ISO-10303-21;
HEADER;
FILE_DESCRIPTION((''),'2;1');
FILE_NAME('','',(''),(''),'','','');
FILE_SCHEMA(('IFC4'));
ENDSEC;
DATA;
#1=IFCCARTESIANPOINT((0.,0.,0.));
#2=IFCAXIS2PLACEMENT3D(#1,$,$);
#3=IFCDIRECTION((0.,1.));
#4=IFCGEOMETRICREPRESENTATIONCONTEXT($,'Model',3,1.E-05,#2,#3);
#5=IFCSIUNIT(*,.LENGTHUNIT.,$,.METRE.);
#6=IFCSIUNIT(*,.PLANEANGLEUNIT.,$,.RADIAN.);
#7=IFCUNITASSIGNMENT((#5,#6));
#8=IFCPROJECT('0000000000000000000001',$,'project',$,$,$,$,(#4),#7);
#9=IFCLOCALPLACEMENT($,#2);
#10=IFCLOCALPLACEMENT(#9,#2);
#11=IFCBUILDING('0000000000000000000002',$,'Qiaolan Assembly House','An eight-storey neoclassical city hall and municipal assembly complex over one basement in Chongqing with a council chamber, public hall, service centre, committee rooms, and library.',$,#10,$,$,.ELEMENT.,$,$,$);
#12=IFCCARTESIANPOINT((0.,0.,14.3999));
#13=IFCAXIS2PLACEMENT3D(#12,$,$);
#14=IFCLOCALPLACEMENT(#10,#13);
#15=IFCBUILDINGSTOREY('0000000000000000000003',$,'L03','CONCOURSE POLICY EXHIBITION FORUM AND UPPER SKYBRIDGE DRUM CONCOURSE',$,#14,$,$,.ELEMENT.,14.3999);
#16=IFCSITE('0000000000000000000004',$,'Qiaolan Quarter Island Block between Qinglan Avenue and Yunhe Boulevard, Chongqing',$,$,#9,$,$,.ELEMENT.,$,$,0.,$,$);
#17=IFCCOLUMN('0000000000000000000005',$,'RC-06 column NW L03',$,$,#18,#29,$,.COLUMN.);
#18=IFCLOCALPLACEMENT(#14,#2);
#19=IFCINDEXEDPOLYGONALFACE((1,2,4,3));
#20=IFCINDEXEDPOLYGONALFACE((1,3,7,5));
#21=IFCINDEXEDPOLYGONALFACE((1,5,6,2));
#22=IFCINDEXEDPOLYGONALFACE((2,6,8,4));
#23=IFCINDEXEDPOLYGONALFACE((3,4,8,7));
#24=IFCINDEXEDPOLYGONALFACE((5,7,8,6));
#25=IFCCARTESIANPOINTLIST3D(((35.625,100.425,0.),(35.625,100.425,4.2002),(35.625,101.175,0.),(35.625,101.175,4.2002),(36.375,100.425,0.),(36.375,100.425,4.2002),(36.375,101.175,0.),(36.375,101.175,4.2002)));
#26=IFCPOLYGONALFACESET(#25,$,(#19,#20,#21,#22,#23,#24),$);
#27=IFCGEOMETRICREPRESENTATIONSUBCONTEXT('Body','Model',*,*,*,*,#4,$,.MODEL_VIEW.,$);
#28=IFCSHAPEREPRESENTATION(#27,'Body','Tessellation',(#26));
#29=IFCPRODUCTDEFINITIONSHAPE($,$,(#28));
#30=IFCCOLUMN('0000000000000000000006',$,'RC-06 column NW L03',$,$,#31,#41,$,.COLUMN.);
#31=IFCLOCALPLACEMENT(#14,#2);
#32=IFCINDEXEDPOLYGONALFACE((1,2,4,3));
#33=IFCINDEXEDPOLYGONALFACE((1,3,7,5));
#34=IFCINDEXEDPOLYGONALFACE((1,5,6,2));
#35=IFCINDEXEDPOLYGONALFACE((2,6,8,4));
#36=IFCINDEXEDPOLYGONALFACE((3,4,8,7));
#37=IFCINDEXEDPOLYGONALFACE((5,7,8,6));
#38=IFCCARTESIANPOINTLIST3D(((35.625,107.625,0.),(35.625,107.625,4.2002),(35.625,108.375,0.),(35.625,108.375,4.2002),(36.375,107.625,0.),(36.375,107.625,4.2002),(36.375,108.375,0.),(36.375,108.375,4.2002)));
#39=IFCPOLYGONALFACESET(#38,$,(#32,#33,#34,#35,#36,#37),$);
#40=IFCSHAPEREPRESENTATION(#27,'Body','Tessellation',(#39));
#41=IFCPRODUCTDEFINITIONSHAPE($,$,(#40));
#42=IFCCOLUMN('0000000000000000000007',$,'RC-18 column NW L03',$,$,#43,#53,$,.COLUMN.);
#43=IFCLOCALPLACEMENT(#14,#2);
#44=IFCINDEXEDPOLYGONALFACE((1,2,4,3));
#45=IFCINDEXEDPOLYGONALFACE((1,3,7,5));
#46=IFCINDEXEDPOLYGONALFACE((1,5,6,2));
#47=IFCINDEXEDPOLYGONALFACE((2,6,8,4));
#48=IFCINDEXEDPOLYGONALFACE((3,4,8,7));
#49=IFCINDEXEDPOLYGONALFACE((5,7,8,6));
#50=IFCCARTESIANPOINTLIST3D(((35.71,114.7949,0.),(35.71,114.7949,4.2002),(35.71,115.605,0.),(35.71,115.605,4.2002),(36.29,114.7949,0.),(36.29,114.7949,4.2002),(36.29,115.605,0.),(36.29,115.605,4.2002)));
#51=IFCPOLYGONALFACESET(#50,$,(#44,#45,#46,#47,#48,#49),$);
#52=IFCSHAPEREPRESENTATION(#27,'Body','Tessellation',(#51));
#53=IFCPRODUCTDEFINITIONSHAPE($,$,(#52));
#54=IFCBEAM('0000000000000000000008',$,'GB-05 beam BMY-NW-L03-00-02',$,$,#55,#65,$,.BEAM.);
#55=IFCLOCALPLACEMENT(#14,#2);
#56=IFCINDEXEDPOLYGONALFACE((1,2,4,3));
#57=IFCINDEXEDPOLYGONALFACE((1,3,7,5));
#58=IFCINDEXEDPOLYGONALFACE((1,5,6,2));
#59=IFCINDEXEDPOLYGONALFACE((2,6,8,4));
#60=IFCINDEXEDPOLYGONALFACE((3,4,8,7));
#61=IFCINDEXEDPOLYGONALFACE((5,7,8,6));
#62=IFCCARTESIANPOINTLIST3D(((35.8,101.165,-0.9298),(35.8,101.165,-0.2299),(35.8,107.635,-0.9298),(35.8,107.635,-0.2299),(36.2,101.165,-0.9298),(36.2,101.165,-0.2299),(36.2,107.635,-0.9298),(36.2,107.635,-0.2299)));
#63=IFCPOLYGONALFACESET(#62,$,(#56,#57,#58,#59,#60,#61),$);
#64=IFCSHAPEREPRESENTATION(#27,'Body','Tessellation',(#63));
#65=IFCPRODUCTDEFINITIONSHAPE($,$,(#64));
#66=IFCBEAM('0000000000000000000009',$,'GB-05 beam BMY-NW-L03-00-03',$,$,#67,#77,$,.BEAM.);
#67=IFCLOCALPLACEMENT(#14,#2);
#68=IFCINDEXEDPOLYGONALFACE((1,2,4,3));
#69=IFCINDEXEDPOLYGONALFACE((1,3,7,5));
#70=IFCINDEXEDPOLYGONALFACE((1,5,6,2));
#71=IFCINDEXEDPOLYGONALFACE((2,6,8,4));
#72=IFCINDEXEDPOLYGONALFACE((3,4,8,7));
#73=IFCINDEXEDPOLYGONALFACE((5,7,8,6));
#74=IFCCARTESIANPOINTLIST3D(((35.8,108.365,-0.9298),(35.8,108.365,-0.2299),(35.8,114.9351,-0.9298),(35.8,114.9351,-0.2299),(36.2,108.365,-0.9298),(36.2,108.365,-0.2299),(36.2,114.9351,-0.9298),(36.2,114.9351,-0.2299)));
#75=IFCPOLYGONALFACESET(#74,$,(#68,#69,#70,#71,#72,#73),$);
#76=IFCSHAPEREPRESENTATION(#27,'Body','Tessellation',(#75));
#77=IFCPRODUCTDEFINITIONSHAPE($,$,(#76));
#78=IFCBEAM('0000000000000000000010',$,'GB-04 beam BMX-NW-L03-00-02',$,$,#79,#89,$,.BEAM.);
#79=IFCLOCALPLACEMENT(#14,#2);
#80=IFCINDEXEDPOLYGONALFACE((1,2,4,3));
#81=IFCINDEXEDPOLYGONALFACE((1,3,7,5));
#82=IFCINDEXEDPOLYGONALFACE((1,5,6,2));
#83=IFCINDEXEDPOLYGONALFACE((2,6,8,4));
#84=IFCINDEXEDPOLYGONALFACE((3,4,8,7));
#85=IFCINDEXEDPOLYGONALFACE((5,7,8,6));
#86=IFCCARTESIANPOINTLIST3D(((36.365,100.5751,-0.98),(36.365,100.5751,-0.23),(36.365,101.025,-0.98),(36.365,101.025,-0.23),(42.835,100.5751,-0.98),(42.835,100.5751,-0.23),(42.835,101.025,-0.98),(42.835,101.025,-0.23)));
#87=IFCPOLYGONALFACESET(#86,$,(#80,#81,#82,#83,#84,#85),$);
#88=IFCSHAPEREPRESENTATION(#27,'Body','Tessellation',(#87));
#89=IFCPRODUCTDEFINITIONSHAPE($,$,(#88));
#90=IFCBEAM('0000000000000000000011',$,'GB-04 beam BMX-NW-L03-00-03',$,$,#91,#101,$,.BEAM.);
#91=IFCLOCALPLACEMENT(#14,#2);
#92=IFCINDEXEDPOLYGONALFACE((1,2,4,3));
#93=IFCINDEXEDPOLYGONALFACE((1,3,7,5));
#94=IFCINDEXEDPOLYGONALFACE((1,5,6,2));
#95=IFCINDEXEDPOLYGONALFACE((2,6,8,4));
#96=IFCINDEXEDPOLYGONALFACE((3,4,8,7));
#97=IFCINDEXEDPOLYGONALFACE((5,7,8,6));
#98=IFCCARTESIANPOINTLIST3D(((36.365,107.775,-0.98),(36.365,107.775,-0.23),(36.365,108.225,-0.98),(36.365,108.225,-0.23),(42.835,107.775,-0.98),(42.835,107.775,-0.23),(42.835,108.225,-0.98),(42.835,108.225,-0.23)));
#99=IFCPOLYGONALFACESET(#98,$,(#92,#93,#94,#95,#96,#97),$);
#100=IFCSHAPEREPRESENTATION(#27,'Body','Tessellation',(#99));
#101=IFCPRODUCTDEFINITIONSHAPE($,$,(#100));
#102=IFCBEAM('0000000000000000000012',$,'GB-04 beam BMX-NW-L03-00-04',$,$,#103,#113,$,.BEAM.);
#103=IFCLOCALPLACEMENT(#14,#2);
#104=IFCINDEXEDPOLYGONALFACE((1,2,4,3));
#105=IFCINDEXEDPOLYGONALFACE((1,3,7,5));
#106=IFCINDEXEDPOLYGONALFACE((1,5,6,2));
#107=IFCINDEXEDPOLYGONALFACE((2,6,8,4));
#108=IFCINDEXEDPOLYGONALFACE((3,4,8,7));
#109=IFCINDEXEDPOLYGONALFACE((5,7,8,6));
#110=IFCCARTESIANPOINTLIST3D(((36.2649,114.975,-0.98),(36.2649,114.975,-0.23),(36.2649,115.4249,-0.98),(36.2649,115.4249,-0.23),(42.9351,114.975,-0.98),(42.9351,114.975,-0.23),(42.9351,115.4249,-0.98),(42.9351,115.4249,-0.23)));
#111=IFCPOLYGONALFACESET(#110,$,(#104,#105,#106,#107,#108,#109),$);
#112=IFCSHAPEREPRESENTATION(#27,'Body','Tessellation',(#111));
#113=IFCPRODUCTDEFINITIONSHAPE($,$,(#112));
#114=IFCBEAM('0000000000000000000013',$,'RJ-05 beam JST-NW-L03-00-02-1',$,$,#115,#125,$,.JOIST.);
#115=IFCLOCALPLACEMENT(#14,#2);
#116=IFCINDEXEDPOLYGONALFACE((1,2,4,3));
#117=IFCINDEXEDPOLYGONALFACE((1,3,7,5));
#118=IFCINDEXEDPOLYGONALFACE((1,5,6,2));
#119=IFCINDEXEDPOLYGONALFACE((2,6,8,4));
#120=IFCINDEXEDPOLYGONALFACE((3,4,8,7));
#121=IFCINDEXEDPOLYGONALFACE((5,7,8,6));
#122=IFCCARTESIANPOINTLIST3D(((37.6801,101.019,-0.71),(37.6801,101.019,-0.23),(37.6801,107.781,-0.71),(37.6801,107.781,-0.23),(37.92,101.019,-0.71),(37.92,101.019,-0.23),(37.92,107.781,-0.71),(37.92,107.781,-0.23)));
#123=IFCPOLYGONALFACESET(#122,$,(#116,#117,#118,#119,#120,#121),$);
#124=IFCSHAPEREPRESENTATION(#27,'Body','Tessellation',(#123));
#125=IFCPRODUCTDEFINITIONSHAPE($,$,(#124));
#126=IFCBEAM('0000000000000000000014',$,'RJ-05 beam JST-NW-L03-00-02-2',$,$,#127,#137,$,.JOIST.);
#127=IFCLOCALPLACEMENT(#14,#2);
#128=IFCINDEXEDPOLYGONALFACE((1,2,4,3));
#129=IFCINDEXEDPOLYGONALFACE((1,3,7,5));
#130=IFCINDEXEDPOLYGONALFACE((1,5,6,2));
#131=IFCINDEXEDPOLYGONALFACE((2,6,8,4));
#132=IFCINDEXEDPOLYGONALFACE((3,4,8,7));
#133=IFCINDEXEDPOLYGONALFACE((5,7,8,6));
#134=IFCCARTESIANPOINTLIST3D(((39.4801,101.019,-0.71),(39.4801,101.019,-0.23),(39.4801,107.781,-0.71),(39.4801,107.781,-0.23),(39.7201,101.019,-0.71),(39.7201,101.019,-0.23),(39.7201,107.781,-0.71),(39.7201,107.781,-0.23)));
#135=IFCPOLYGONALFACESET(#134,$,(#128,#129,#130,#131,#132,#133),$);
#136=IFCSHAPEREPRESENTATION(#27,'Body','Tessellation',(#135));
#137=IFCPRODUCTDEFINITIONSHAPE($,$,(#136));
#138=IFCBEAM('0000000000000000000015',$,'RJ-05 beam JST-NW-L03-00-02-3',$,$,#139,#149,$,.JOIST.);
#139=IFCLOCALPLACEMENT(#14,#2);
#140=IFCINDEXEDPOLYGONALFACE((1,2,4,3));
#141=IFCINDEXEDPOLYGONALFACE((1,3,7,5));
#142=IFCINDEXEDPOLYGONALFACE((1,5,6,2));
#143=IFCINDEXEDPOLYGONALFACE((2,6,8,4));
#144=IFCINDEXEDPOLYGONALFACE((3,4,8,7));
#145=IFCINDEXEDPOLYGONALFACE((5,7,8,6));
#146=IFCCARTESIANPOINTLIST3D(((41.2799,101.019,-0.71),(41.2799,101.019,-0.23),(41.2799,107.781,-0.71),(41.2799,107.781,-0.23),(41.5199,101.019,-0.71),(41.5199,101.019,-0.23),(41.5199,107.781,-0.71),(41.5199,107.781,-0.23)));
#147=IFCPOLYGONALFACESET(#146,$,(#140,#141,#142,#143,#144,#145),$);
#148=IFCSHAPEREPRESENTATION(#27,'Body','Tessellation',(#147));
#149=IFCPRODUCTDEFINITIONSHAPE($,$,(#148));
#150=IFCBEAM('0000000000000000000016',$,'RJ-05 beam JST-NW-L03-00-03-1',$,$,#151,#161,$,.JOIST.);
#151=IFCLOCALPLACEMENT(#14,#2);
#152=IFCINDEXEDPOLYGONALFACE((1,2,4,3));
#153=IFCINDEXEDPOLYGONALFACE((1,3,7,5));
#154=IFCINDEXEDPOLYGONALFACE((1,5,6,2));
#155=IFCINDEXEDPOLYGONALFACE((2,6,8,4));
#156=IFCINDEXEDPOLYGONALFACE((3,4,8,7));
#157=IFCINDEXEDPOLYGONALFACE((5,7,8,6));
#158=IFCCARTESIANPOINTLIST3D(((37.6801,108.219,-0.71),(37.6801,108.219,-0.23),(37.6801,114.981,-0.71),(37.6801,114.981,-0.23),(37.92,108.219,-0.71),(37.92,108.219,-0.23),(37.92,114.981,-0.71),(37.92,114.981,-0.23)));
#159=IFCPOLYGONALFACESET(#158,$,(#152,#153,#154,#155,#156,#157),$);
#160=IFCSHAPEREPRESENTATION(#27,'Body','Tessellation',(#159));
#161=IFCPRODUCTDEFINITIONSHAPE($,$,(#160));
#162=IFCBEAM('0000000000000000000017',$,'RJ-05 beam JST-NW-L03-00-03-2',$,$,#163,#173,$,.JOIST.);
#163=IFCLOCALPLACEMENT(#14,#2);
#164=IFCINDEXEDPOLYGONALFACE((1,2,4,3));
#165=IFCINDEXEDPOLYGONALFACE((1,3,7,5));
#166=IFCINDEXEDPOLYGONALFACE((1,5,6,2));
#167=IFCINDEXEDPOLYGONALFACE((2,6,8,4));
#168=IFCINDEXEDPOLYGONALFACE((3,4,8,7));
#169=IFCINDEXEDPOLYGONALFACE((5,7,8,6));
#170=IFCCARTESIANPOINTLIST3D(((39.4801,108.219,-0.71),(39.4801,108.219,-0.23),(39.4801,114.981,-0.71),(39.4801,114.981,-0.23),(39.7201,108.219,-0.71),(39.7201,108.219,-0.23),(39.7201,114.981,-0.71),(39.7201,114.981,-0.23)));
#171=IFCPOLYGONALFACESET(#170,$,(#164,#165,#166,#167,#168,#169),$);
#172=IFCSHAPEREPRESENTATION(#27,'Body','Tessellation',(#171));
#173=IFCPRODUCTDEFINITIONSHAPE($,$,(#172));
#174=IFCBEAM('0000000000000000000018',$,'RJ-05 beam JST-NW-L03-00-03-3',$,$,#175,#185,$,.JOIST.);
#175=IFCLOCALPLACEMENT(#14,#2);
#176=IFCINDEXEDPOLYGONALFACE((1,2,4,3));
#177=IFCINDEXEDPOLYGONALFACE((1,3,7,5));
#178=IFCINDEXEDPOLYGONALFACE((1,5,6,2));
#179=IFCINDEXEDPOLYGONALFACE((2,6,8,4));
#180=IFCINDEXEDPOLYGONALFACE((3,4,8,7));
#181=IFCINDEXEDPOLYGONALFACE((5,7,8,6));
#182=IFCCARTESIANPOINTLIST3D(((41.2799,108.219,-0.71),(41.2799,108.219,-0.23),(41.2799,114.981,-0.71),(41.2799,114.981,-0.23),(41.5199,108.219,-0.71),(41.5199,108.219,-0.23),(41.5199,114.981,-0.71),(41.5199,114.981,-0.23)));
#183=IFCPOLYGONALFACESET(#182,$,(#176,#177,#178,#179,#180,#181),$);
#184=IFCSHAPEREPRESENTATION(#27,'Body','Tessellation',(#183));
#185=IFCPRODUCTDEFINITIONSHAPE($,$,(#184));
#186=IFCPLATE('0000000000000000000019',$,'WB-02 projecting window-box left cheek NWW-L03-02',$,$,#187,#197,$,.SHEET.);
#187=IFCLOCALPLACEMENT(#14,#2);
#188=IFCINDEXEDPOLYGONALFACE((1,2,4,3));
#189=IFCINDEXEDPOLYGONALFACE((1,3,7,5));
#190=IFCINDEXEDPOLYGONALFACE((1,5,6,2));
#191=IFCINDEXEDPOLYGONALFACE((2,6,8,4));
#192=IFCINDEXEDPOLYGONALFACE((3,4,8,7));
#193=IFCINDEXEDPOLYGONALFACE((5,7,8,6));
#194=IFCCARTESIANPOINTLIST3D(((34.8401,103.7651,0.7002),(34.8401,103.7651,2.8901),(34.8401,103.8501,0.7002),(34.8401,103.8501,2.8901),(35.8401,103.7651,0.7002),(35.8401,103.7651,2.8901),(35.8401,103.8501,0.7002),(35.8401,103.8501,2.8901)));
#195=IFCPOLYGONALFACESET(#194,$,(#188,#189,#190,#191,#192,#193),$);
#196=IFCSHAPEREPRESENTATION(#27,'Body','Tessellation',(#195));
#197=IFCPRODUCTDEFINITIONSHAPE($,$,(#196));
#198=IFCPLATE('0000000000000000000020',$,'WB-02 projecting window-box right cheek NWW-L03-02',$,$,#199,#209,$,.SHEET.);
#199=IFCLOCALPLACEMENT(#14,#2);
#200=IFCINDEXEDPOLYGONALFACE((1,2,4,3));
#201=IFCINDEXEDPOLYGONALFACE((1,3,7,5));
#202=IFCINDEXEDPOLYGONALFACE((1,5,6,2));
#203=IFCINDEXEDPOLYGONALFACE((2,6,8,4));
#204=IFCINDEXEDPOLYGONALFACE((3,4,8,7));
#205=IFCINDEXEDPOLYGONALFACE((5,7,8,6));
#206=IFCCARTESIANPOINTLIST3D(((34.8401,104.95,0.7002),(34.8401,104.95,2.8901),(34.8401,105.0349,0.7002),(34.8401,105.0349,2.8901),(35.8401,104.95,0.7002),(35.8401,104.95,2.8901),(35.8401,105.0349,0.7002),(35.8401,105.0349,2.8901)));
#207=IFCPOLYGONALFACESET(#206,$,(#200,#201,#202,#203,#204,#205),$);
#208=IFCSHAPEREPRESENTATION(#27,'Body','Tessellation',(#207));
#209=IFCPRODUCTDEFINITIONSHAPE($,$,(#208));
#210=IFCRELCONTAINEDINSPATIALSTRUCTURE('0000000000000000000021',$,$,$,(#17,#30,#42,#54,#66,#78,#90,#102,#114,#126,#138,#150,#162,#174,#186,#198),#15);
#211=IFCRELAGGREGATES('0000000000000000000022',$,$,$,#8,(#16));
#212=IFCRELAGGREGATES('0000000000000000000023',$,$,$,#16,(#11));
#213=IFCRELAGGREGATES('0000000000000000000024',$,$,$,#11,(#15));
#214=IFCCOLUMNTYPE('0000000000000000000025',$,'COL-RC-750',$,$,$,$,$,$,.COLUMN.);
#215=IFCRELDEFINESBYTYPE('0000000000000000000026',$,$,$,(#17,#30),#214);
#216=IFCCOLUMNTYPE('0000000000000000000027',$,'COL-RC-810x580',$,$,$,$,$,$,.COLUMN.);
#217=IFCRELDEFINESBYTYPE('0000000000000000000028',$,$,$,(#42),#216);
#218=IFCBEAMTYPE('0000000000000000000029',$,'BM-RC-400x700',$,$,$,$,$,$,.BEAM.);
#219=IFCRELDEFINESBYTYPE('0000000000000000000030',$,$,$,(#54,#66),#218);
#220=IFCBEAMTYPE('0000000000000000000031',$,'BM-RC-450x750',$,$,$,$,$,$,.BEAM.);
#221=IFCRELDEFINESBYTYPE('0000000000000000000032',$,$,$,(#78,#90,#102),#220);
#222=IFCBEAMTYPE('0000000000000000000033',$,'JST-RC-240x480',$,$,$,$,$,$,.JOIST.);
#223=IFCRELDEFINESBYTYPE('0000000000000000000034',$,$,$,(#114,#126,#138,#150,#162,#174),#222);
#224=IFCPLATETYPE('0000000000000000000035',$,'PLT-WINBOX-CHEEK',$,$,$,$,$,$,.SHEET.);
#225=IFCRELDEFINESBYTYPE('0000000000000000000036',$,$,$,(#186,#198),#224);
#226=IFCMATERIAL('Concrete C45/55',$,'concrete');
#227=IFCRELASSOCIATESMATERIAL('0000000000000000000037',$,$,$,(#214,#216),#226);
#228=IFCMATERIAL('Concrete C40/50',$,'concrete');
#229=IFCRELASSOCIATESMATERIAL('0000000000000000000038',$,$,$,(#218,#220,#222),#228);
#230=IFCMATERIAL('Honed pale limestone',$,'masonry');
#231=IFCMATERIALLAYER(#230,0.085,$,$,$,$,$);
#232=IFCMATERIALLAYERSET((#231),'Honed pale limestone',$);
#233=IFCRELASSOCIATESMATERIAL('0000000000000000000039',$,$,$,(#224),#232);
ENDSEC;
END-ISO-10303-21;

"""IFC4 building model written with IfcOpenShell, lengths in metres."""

from ifc_helpers import new_model, si_unit, direction, frame, origin, origin_2d, place, context, subcontext, project, spatial, rectangle, extrude, material, layer, layer_set, material_profile, profile_set, type_object, element, save


model = new_model("IFC4")

# Units and contexts
model_context = context("Model", 3, precision=1e-05, world=origin(), true_north=direction((0.0, 1.0)))
body_context = subcontext(model_context, "Body", "Model", "MODEL_VIEW")
ifc_project = project(units=[si_unit("LENGTHUNIT", "METRE"), si_unit("PLANEANGLEUNIT", "RADIAN")], contexts=[model_context])

# Site, building, storey
site_placement = place(None, origin())
site = spatial("IfcSite", under=ifc_project, at=site_placement, Name="Qiaolan Quarter Island Block between Qinglan Avenue and Yunhe Boulevard, Chongqing", CompositionType="ELEMENT", RefElevation=0.0)
building_placement = place(site_placement, origin())
building = spatial("IfcBuilding", under=site, at=building_placement, Name="Qiaolan Assembly House", Description="An eight-storey neoclassical city hall and municipal assembly complex over one basement in Chongqing with a council chamber, public hall, service centre, committee rooms, and library.", CompositionType="ELEMENT")
storey_placement = place(building_placement, frame((0.0, 0.0, 14.3999)))
storey = spatial("IfcBuildingStorey", under=building, at=storey_placement, Name="L03", Description="CONCOURSE POLICY EXHIBITION FORUM AND UPPER SKYBRIDGE DRUM CONCOURSE", CompositionType="ELEMENT", Elevation=14.3999)

# Columns
ifc_material_1 = material(Name="Concrete C45/55", Category="concrete")
ifc_material_profile_1 = material_profile(ifc_material_1, rectangle(XDim=0.75, YDim=0.75, at=origin_2d()), Name="RC 750x750")
ifc_profile_set_1 = profile_set([ifc_material_profile_1], Name="Concrete C45/55")
column_type_1 = type_object("IfcColumnType", Name="COL-RC-750", PredefinedType="COLUMN", material=ifc_profile_set_1)
for number, where, z_axis, x_axis, name in (
    (1, (36.0, 100.8, 0.0), (0.0, 0.0, 1.0), (1.0, 0.0, 0.0), "RC-06 column NW L03"),
    (2, (36.0, 108.0, 0.0), (0.0, 0.0, 1.0), (1.0, 0.0, 0.0), "RC-06 column NW L03"),
):
    element("IfcColumn", number, at=place(storey_placement, frame(where, z_axis=z_axis, x_axis=x_axis)), inside=storey, type_object=column_type_1, Name=name, PredefinedType="COLUMN", context=body_context, shape_type="SweptSolid", body=[
        extrude(rectangle(XDim=0.75, YDim=0.75, at=origin_2d()), origin(), (0.0, 0.0, 1.0), 4.2002),
    ])
ifc_material_profile_2 = material_profile(ifc_material_1, rectangle(XDim=0.5801, YDim=0.8101, at=origin_2d()), Name="RC 810x580")
ifc_profile_set_2 = profile_set([ifc_material_profile_2], Name="Concrete C45/55")
column_type_2 = type_object("IfcColumnType", Name="COL-RC-810x580", PredefinedType="COLUMN", material=ifc_profile_set_2)
column_placement = place(storey_placement, frame((36.0, 115.2, 0.0), z_axis=(0.0, 0.0, 1.0), x_axis=(1.0, 0.0, 0.0)))
element("IfcColumn", 3, at=column_placement, inside=storey, type_object=column_type_2, Name="RC-18 column NW L03", PredefinedType="COLUMN", context=body_context, shape_type="SweptSolid", body=[
    extrude(rectangle(XDim=0.5801, YDim=0.8101, at=origin_2d()), origin(), (0.0, 0.0, 1.0), 4.2002),
])

# Beams
ifc_material_2 = material(Name="Concrete C40/50", Category="concrete")
ifc_material_profile_3 = material_profile(ifc_material_2, rectangle(XDim=0.3999, YDim=0.7, at=origin_2d()), Name="RCB 400x700")
ifc_profile_set_3 = profile_set([ifc_material_profile_3], Name="Concrete C40/50")
beam_type_1 = type_object("IfcBeamType", Name="BM-RC-400x700", PredefinedType="BEAM", material=ifc_profile_set_3)
beam_1_placement = place(storey_placement, frame((36.0, 101.165, -0.5798), z_axis=(0.0, 1.0, 0.0), x_axis=(-1.0, 0.0, 0.0)))
element("IfcBeam", 4, at=beam_1_placement, inside=storey, type_object=beam_type_1, Name="GB-05 beam BMY-NW-L03-00-02", PredefinedType="BEAM", context=body_context, shape_type="SweptSolid", body=[
    extrude(rectangle(XDim=0.3999, YDim=0.7, at=origin_2d()), origin(), (0.0, 0.0, 1.0), 6.47),
])
beam_2_placement = place(storey_placement, frame((36.0, 108.365, -0.5798), z_axis=(0.0, 1.0, 0.0), x_axis=(-1.0, 0.0, 0.0)))
element("IfcBeam", 5, at=beam_2_placement, inside=storey, type_object=beam_type_1, Name="GB-05 beam BMY-NW-L03-00-03", PredefinedType="BEAM", context=body_context, shape_type="SweptSolid", body=[
    extrude(rectangle(XDim=0.3999, YDim=0.7, at=origin_2d()), origin(), (0.0, 0.0, 1.0), 6.5701),
])
ifc_material_profile_4 = material_profile(ifc_material_2, rectangle(XDim=0.45, YDim=0.75, at=origin_2d()), Name="RCB 450x750")
ifc_profile_set_4 = profile_set([ifc_material_profile_4], Name="Concrete C40/50")
beam_type_2 = type_object("IfcBeamType", Name="BM-RC-450x750", PredefinedType="BEAM", material=ifc_profile_set_4)
for number, where, z_axis, x_axis, name in (
    (6, (36.365, 100.8, -0.605), (1.0, 0.0, 0.0), (0.0, 1.0, 0.0), "GB-04 beam BMX-NW-L03-00-02"),
    (7, (36.365, 108.0, -0.605), (1.0, 0.0, 0.0), (0.0, 1.0, 0.0), "GB-04 beam BMX-NW-L03-00-03"),
):
    element("IfcBeam", number, at=place(storey_placement, frame(where, z_axis=z_axis, x_axis=x_axis)), inside=storey, type_object=beam_type_2, Name=name, PredefinedType="BEAM", context=body_context, shape_type="SweptSolid", body=[
        extrude(rectangle(XDim=0.45, YDim=0.75, at=origin_2d()), origin(), (0.0, 0.0, 1.0), 6.47),
    ])
beam_3_placement = place(storey_placement, frame((36.2649, 115.2, -0.605), z_axis=(1.0, 0.0, 0.0), x_axis=(0.0, 1.0, 0.0)))
element("IfcBeam", 8, at=beam_3_placement, inside=storey, type_object=beam_type_2, Name="GB-04 beam BMX-NW-L03-00-04", PredefinedType="BEAM", context=body_context, shape_type="SweptSolid", body=[
    extrude(rectangle(XDim=0.45, YDim=0.75, at=origin_2d()), origin(), (0.0, 0.0, 1.0), 6.6702),
])
ifc_material_profile_5 = material_profile(ifc_material_2, rectangle(XDim=0.24, YDim=0.48, at=origin_2d()), Name="RCB 240x480")
ifc_profile_set_5 = profile_set([ifc_material_profile_5], Name="Concrete C40/50")
beam_type_3 = type_object("IfcBeamType", Name="JST-RC-240x480", PredefinedType="JOIST", material=ifc_profile_set_5)
for number, where, z_axis, x_axis, name in (
    (9, (37.8, 101.019, -0.47), (0.0, 1.0, 0.0), (-1.0, 0.0, 0.0), "RJ-05 beam JST-NW-L03-00-02-1"),
    (10, (39.6001, 101.019, -0.47), (0.0, 1.0, 0.0), (-1.0, 0.0, 0.0), "RJ-05 beam JST-NW-L03-00-02-2"),
    (11, (41.3999, 101.019, -0.47), (0.0, 1.0, 0.0), (-1.0, 0.0, 0.0), "RJ-05 beam JST-NW-L03-00-02-3"),
    (12, (37.8, 108.219, -0.47), (0.0, 1.0, 0.0), (-1.0, 0.0, 0.0), "RJ-05 beam JST-NW-L03-00-03-1"),
    (13, (39.6001, 108.219, -0.47), (0.0, 1.0, 0.0), (-1.0, 0.0, 0.0), "RJ-05 beam JST-NW-L03-00-03-2"),
    (14, (41.3999, 108.219, -0.47), (0.0, 1.0, 0.0), (-1.0, 0.0, 0.0), "RJ-05 beam JST-NW-L03-00-03-3"),
):
    element("IfcBeam", number, at=place(storey_placement, frame(where, z_axis=z_axis, x_axis=x_axis)), inside=storey, type_object=beam_type_3, Name=name, PredefinedType="JOIST", context=body_context, shape_type="SweptSolid", body=[
        extrude(rectangle(XDim=0.24, YDim=0.48, at=origin_2d()), origin(), (0.0, 0.0, 1.0), 6.762),
    ])

# Plates
ifc_material_3 = material(Name="Honed pale limestone", Category="masonry")
ifc_layer_1 = layer(ifc_material_3, 0.085)
ifc_layer_set_1 = layer_set([ifc_layer_1], Name="Honed pale limestone")
plate_type = type_object("IfcPlateType", Name="PLT-WINBOX-CHEEK", PredefinedType="SHEET", material=ifc_layer_set_1)
for number, where, z_axis, x_axis, name in (
    (15, (35.3401, 103.8076, 0.7002), (0.0, 0.0, 1.0), (1.0, 0.0, 0.0), "WB-02 projecting window-box left cheek NWW-L03-02"),
    (16, (35.3401, 104.9924, 0.7002), (0.0, 0.0, 1.0), (1.0, 0.0, 0.0), "WB-02 projecting window-box right cheek NWW-L03-02"),
):
    element("IfcPlate", number, at=place(storey_placement, frame(where, z_axis=z_axis, x_axis=x_axis)), inside=storey, type_object=plate_type, Name=name, PredefinedType="SHEET", context=body_context, shape_type="SweptSolid", body=[
        extrude(rectangle(XDim=1.0, YDim=0.085, at=origin_2d()), origin(), (0.0, 0.0, 1.0), 2.1899),
    ])

save(model, "model.ifc")
